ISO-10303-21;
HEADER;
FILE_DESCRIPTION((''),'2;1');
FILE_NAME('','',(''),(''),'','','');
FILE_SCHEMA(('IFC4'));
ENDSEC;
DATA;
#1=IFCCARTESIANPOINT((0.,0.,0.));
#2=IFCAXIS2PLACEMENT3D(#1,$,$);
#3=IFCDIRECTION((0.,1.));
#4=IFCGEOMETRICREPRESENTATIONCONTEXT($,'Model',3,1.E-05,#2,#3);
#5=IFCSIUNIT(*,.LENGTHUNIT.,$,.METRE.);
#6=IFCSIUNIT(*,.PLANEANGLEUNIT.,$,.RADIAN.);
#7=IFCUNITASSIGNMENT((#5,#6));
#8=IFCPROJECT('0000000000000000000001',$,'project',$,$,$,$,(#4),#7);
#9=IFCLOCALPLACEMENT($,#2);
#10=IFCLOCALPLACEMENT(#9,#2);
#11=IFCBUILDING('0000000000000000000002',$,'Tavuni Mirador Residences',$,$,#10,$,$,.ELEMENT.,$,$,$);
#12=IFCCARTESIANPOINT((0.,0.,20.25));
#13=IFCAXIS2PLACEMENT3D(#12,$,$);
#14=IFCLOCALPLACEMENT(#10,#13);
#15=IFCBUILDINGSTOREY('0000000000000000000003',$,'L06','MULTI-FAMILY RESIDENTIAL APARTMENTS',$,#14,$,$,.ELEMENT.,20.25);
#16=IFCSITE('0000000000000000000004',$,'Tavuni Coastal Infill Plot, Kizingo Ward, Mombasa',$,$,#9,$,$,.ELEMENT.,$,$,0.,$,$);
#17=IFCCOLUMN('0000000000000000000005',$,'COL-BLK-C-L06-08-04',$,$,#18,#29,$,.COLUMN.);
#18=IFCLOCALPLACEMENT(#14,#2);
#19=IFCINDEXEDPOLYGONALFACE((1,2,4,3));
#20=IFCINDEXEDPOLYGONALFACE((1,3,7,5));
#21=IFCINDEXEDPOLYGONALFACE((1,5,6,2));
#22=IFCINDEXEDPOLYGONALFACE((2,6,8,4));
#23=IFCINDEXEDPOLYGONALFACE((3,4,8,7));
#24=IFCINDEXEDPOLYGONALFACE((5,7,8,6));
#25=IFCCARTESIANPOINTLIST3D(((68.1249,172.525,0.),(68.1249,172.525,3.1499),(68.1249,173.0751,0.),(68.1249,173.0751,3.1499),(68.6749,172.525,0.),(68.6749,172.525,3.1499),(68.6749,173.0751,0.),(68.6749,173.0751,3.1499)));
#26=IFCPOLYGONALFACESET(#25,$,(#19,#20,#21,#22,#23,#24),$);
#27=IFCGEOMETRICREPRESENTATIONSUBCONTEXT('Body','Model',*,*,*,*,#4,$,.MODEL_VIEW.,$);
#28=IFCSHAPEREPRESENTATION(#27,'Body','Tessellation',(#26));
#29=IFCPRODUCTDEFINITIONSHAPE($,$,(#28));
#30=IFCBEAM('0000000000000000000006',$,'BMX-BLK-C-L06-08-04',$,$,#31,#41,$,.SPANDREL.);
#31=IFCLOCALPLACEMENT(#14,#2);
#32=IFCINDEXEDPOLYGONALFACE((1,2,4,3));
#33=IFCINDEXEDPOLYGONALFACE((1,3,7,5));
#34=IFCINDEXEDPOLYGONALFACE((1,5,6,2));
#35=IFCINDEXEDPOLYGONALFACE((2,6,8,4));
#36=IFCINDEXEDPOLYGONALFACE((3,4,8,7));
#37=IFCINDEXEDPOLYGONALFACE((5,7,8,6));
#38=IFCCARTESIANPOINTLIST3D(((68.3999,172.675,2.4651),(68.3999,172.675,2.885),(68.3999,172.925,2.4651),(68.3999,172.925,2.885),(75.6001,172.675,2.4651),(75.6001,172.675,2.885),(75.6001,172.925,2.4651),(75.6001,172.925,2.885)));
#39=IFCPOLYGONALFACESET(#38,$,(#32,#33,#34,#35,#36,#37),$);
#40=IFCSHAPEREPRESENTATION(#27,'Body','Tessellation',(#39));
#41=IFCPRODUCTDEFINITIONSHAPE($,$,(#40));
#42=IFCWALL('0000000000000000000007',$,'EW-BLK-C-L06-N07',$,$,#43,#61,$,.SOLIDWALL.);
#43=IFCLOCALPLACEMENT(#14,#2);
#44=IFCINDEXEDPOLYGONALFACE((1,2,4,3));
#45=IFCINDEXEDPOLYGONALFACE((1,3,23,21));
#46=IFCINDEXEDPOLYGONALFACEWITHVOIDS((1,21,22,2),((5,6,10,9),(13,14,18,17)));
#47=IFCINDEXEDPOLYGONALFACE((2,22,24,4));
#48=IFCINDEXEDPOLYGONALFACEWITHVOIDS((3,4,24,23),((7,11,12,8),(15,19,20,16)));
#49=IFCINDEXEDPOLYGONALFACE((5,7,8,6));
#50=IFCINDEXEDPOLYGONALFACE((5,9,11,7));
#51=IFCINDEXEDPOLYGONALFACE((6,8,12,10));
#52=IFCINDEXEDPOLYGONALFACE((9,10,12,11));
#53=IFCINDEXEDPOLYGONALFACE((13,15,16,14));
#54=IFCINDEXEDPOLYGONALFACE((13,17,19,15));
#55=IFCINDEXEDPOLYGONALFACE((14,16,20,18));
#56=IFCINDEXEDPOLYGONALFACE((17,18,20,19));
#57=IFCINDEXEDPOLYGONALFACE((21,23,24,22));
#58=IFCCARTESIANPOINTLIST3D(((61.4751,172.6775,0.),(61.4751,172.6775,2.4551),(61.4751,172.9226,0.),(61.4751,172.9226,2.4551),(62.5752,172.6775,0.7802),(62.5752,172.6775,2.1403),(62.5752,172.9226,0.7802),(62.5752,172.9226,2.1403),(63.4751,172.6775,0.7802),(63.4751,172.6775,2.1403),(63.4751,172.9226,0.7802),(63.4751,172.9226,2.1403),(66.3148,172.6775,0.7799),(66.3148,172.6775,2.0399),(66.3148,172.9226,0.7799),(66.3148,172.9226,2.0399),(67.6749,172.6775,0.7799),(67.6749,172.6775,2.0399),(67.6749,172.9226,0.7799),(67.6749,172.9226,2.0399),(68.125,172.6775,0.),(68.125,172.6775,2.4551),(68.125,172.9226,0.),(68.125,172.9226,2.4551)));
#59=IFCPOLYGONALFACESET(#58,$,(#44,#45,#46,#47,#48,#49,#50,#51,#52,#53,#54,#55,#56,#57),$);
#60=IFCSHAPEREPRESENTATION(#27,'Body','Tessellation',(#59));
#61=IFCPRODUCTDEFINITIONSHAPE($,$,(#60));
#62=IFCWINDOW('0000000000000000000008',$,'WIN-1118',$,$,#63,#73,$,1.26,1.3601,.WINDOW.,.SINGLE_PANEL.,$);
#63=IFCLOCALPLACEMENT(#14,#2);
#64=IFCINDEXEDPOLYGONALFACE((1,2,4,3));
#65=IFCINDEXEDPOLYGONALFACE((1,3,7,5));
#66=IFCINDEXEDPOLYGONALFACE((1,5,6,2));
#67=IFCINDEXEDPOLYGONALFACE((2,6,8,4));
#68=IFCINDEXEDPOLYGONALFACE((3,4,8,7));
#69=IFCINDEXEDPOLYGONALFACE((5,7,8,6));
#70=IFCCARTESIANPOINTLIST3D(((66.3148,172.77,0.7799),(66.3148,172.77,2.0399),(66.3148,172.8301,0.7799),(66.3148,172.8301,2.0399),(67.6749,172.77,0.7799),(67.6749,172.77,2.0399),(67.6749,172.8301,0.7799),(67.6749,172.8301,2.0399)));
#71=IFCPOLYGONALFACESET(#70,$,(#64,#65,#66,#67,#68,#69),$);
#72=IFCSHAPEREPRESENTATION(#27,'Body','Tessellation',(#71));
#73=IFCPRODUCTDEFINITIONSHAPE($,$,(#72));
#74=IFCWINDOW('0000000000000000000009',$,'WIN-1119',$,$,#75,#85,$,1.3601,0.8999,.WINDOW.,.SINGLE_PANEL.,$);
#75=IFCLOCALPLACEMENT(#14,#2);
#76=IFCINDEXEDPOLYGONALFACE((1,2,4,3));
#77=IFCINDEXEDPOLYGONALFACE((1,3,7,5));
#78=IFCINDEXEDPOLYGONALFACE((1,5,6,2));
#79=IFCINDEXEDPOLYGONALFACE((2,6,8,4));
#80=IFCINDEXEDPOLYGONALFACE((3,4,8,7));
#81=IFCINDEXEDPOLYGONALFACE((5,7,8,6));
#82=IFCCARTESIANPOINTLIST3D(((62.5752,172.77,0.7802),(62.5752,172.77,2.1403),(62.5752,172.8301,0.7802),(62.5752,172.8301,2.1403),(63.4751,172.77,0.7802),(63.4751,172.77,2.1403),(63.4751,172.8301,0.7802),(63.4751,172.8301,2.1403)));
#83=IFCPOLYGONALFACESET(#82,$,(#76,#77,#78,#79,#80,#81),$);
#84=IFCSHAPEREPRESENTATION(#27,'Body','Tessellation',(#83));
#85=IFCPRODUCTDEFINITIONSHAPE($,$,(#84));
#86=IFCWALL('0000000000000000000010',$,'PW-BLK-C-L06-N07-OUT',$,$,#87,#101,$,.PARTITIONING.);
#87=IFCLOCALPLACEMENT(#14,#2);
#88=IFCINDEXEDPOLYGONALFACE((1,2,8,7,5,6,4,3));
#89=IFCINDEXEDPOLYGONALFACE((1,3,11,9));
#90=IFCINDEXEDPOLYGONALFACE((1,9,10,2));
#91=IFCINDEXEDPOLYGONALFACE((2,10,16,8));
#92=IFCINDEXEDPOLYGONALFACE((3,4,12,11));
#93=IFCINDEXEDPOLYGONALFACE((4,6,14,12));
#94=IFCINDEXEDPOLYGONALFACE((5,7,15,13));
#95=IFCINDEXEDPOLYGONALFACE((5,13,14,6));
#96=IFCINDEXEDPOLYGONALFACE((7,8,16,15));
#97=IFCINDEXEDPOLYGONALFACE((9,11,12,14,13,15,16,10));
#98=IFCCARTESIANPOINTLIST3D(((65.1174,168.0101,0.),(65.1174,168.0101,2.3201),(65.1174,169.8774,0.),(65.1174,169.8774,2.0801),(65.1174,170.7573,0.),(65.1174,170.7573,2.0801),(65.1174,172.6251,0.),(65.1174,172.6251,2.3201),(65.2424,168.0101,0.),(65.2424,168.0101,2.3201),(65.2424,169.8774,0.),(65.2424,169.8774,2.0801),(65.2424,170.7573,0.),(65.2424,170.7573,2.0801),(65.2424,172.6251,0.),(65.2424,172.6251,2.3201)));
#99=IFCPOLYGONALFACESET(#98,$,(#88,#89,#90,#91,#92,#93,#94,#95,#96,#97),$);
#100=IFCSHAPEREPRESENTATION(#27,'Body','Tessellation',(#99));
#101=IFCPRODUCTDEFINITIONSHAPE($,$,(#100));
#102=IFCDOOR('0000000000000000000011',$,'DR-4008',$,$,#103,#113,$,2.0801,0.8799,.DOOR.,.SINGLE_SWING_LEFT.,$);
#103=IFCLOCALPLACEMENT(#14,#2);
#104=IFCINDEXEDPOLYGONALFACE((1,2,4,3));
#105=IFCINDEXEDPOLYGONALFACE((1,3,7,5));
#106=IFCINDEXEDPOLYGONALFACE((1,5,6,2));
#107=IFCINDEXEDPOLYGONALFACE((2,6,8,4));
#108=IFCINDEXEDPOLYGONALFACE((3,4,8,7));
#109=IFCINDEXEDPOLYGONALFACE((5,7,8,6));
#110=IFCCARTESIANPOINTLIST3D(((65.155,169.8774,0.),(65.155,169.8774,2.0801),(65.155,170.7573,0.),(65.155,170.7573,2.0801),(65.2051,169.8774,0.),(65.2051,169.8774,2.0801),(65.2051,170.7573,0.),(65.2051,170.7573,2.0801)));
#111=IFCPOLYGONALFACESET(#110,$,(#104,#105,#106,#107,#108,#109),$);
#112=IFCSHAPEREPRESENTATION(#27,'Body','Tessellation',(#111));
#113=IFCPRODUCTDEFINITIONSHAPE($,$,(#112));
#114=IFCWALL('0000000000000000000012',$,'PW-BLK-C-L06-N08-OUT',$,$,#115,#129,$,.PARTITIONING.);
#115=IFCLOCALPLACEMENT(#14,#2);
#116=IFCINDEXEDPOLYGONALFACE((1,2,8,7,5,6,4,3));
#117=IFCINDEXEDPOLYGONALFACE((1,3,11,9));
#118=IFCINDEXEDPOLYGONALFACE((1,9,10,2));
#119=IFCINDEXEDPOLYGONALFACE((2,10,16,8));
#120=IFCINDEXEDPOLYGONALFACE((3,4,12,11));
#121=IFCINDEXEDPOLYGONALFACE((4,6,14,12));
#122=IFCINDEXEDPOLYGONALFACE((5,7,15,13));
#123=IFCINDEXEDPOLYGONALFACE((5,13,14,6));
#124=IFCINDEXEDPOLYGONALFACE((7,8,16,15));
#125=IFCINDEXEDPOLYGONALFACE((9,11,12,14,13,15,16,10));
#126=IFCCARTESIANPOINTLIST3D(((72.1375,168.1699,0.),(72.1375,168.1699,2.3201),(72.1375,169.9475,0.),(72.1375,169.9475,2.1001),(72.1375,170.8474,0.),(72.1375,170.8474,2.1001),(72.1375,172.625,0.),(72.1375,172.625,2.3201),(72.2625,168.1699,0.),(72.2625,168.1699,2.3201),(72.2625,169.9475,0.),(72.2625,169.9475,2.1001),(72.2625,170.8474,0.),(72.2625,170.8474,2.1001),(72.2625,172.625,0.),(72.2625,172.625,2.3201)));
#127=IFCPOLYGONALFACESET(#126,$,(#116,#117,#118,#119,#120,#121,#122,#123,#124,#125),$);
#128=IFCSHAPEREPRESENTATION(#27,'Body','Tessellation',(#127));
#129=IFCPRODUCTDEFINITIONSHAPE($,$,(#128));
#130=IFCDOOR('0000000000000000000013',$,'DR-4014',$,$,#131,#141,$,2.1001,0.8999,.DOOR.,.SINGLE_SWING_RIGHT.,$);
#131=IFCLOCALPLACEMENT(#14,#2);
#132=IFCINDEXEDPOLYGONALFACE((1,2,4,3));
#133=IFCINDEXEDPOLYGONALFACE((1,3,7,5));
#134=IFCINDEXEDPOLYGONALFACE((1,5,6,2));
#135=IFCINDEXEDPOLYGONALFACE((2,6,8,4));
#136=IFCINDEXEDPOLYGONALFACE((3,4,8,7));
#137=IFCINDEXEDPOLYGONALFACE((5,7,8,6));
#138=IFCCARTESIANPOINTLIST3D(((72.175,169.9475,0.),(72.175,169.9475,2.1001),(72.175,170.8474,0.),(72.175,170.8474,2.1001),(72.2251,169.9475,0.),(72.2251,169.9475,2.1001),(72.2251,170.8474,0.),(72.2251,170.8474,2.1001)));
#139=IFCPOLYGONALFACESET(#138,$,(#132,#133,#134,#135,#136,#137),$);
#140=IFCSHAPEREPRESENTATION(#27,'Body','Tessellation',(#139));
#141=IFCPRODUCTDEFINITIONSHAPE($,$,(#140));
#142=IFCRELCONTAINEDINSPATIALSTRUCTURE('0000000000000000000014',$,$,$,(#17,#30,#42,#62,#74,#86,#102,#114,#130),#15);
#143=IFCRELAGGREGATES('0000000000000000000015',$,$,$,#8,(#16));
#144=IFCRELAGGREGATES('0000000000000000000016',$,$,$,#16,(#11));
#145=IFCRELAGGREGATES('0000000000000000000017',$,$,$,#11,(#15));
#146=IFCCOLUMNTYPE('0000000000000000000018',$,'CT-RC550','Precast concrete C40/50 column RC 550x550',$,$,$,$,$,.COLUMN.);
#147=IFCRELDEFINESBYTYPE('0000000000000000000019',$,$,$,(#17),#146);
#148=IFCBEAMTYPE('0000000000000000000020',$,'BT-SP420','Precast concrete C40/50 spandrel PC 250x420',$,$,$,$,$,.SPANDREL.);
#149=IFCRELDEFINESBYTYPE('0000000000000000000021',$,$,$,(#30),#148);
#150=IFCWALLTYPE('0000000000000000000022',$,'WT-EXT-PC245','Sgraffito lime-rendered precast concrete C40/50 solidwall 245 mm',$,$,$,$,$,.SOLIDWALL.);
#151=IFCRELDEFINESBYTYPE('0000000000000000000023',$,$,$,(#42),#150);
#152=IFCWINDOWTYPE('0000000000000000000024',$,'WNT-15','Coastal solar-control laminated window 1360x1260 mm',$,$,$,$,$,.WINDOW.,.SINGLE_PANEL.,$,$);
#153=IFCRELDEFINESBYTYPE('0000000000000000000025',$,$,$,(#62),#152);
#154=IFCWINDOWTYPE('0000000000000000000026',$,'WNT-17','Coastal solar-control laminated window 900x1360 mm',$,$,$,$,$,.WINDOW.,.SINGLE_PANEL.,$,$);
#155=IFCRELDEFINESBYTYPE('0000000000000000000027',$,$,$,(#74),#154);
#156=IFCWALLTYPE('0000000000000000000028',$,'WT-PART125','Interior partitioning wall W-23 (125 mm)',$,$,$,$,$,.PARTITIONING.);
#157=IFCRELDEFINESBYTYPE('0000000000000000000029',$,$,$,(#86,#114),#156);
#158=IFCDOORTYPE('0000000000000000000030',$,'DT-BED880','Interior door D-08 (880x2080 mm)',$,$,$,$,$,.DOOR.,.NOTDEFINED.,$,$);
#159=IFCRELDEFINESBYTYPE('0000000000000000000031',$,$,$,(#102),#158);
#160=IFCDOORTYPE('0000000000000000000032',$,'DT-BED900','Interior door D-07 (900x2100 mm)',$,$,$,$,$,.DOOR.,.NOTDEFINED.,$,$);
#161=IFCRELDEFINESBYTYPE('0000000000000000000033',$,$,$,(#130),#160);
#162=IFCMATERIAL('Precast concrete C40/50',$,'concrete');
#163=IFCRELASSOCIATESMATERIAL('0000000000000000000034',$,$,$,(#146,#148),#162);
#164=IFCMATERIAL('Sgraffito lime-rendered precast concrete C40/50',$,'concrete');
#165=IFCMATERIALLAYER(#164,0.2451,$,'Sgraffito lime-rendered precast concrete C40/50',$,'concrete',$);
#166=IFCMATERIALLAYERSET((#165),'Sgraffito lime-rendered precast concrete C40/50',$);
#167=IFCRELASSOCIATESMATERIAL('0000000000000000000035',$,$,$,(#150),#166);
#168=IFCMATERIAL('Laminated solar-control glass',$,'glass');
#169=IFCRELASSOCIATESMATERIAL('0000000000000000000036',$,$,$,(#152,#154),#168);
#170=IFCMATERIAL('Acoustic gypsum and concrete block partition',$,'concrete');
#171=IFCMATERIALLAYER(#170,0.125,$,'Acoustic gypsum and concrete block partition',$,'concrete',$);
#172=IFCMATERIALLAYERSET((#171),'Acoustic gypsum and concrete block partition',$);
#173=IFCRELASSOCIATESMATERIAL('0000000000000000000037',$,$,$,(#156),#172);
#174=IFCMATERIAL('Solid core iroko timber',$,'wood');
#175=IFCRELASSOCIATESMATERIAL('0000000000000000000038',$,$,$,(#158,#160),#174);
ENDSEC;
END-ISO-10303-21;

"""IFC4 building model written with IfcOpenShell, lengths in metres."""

from ifc_helpers import new_model, si_unit, direction, frame, frame_2d, origin, origin_2d, place, context, subcontext, project, spatial, rectangle, extrude, material, layer, layer_set, material_profile, profile_set, type_object, element, fill, save


model = new_model("IFC4")

# Units and contexts
model_context = context("Model", 3, precision=1e-05, world=origin(), true_north=direction((0.0, 1.0)))
body_context = subcontext(model_context, "Body", "Model", "MODEL_VIEW")
ifc_project = project(units=[si_unit("LENGTHUNIT", "METRE"), si_unit("PLANEANGLEUNIT", "RADIAN")], contexts=[model_context])

# Site, building, storey
site_placement = place(None, origin())
site = spatial("IfcSite", under=ifc_project, at=site_placement, Name="Tavuni Coastal Infill Plot, Kizingo Ward, Mombasa", CompositionType="ELEMENT", RefElevation=0.0)
building_placement = place(site_placement, origin())
building = spatial("IfcBuilding", under=site, at=building_placement, Name="Tavuni Mirador Residences", CompositionType="ELEMENT")
storey_placement = place(building_placement, frame((0.0, 0.0, 20.25)))
storey = spatial("IfcBuildingStorey", under=building, at=storey_placement, Name="L06", Description="MULTI-FAMILY RESIDENTIAL APARTMENTS", CompositionType="ELEMENT", Elevation=20.25)

# Column
ifc_material_1 = material(Name="Precast concrete C40/50", Category="concrete")
ifc_material_profile_1 = material_profile(ifc_material_1, rectangle(XDim=0.55, YDim=0.55, at=origin_2d()), Name="RC 550x550", Category="concrete")
ifc_profile_set_1 = profile_set([ifc_material_profile_1], Name="Precast concrete C40/50")
column_type = type_object("IfcColumnType", Name="CT-RC550", Description="Precast concrete C40/50 column RC 550x550", PredefinedType="COLUMN", material=ifc_profile_set_1)
column_placement = place(storey_placement, frame((68.3999, 172.8, 0.0), z_axis=(0.0, 0.0, 1.0), x_axis=(1.0, 0.0, 0.0)))
element("IfcColumn", 1, at=column_placement, inside=storey, type_object=column_type, Name="COL-BLK-C-L06-08-04", PredefinedType="COLUMN", context=body_context, shape_type="SweptSolid", body=[
    extrude(rectangle(XDim=0.55, YDim=0.55, at=origin_2d()), origin(), (0.0, 0.0, 1.0), 3.1499),
])

# Beam
ifc_material_profile_2 = material_profile(ifc_material_1, rectangle(XDim=0.25, YDim=0.4199, at=origin_2d()), Name="PC 250x420", Category="concrete")
ifc_profile_set_2 = profile_set([ifc_material_profile_2], Name="Precast concrete C40/50")
beam_type = type_object("IfcBeamType", Name="BT-SP420", Description="Precast concrete C40/50 spandrel PC 250x420", PredefinedType="SPANDREL", material=ifc_profile_set_2)
beam_placement = place(storey_placement, frame((68.3999, 172.8, 2.675), z_axis=(1.0, 0.0, 0.0), x_axis=(0.0, 1.0, 0.0)))
element("IfcBeam", 2, at=beam_placement, inside=storey, type_object=beam_type, Name="BMX-BLK-C-L06-08-04", PredefinedType="SPANDREL", context=body_context, shape_type="SweptSolid", body=[
    extrude(rectangle(XDim=0.25, YDim=0.4199, at=origin_2d()), origin(), (0.0, 0.0, 1.0), 7.2002),
])

# Wall, openings, windows
ifc_material_2 = material(Name="Sgraffito lime-rendered precast concrete C40/50", Category="concrete")
ifc_layer_1 = layer(ifc_material_2, 0.2451, Name="Sgraffito lime-rendered precast concrete C40/50", Category="concrete")
ifc_layer_set_1 = layer_set([ifc_layer_1], Name="Sgraffito lime-rendered precast concrete C40/50")
wall_type_1 = type_object("IfcWallType", Name="WT-EXT-PC245", Description="Sgraffito lime-rendered precast concrete C40/50 solidwall 245 mm", PredefinedType="SOLIDWALL", material=ifc_layer_set_1)
wall_1_placement = place(storey_placement, frame((68.125, 172.8, 0.0), z_axis=(0.0, 0.0, 1.0), x_axis=(-1.0, 0.0, 0.0)))
wall_1 = element("IfcWall", 3, at=wall_1_placement, inside=storey, type_object=wall_type_1, Name="EW-BLK-C-L06-N07", PredefinedType="SOLIDWALL", context=body_context, shape_type="SweptSolid", body=[
    extrude(rectangle(XDim=6.6499, YDim=0.2451, at=frame_2d((3.325, 0.0))), origin(), (0.0, 0.0, 1.0), 2.4551),
])
opening_1_placement = place(wall_1_placement, frame((0.45, 0.0, 0.78)))
opening_1 = element("IfcOpeningElement", 4, at=opening_1_placement, cuts=wall_1, PredefinedType="OPENING", context=body_context, shape_type="SweptSolid", body=[
    extrude(rectangle(XDim=1.3601, YDim=1.26, at=frame_2d((0.6802, 0.6299))), frame((0.0, 0.1326, 0.0), z_axis=(0.0, -1.0, 0.0), x_axis=(1.0, 0.0, 0.0)), (0.0, 0.0, 1.0), 0.2651),
])
opening_2_placement = place(wall_1_placement, frame((4.6499, 0.0, 0.78)))
opening_2 = element("IfcOpeningElement", 5, at=opening_2_placement, cuts=wall_1, PredefinedType="OPENING", context=body_context, shape_type="SweptSolid", body=[
    extrude(rectangle(XDim=0.8999, YDim=1.3601, at=frame_2d((0.45, 0.6802))), frame((0.0, 0.1326, 0.0), z_axis=(0.0, -1.0, 0.0), x_axis=(1.0, 0.0, 0.0)), (0.0, 0.0, 1.0), 0.2651),
])
ifc_material_3 = material(Name="Laminated solar-control glass", Category="glass")
window_type_1 = type_object("IfcWindowType", Name="WNT-15", Description="Coastal solar-control laminated window 1360x1260 mm", PartitioningType="SINGLE_PANEL", PredefinedType="WINDOW", material=ifc_material_3)
window_1_placement = place(opening_1_placement, origin())
window_1 = element("IfcWindow", 6, at=window_1_placement, inside=storey, type_object=window_type_1, Name="WIN-1118", OverallHeight=1.26, OverallWidth=1.3601, PartitioningType="SINGLE_PANEL", PredefinedType="WINDOW", context=body_context, shape_type="SweptSolid", body=[
    extrude(rectangle(XDim=1.3601, YDim=1.26, at=frame_2d((0.6802, 0.6299))), frame((0.0, 0.03, 0.0), z_axis=(0.0, -1.0, 0.0), x_axis=(1.0, 0.0, 0.0)), (0.0, 0.0, 1.0), 0.0601),
])
fill(opening_1, window_1)
window_type_2 = type_object("IfcWindowType", Name="WNT-17", Description="Coastal solar-control laminated window 900x1360 mm", PartitioningType="SINGLE_PANEL", PredefinedType="WINDOW", material=ifc_material_3)
window_2_placement = place(opening_2_placement, origin())
window_2 = element("IfcWindow", 7, at=window_2_placement, inside=storey, type_object=window_type_2, Name="WIN-1119", OverallHeight=1.3601, OverallWidth=0.8999, PartitioningType="SINGLE_PANEL", PredefinedType="WINDOW", context=body_context, shape_type="SweptSolid", body=[
    extrude(rectangle(XDim=0.8999, YDim=1.3601, at=frame_2d((0.45, 0.6802))), frame((0.0, 0.03, 0.0), z_axis=(0.0, -1.0, 0.0), x_axis=(1.0, 0.0, 0.0)), (0.0, 0.0, 1.0), 0.0601),
])
fill(opening_2, window_2)

# Walls, openings, doors
ifc_material_4 = material(Name="Acoustic gypsum and concrete block partition", Category="concrete")
ifc_layer_2 = layer(ifc_material_4, 0.125, Name="Acoustic gypsum and concrete block partition", Category="concrete")
ifc_layer_set_2 = layer_set([ifc_layer_2], Name="Acoustic gypsum and concrete block partition")
wall_type_2 = type_object("IfcWallType", Name="WT-PART125", Description="Interior partitioning wall W-23 (125 mm)", PredefinedType="PARTITIONING", material=ifc_layer_set_2)
wall_2_placement = place(storey_placement, frame((65.1799, 168.01, 0.0), z_axis=(0.0, 0.0, 1.0), x_axis=(0.0, 1.0, 0.0)))
wall_2 = element("IfcWall", 8, at=wall_2_placement, inside=storey, type_object=wall_type_2, Name="PW-BLK-C-L06-N07-OUT", PredefinedType="PARTITIONING", context=body_context, shape_type="SweptSolid", body=[
    extrude(rectangle(XDim=4.615, YDim=0.125, at=frame_2d((2.3076, 0.0))), origin(), (0.0, 0.0, 1.0), 2.3201),
])
opening_3_placement = place(wall_2_placement, frame((1.8674, 0.0, 0.0)))
opening_3 = element("IfcOpeningElement", 9, at=opening_3_placement, cuts=wall_2, PredefinedType="OPENING", context=body_context, shape_type="SweptSolid", body=[
    extrude(rectangle(XDim=0.8799, YDim=2.0801, at=frame_2d((0.4399, 1.04))), frame((0.0, 0.0725, 0.0), z_axis=(0.0, -1.0, 0.0), x_axis=(1.0, 0.0, 0.0)), (0.0, 0.0, 1.0), 0.145),
])
ifc_material_5 = material(Name="Solid core iroko timber", Category="wood")
door_type_1 = type_object("IfcDoorType", Name="DT-BED880", Description="Interior door D-08 (880x2080 mm)", OperationType="NOTDEFINED", PredefinedType="DOOR", material=ifc_material_5)
door_1_placement = place(opening_3_placement, origin())
door_1 = element("IfcDoor", 10, at=door_1_placement, inside=storey, type_object=door_type_1, Name="DR-4008", OperationType="SINGLE_SWING_LEFT", OverallHeight=2.0801, OverallWidth=0.8799, PredefinedType="DOOR", context=body_context, shape_type="SweptSolid", body=[
    extrude(rectangle(XDim=0.8799, YDim=2.0801, at=frame_2d((0.4399, 1.04))), frame((0.0, 0.0249, 0.0), z_axis=(0.0, -1.0, 0.0), x_axis=(1.0, 0.0, 0.0)), (0.0, 0.0, 1.0), 0.05),
])
fill(opening_3, door_1)
wall_3_placement = place(storey_placement, frame((72.2, 168.1699, 0.0), z_axis=(0.0, 0.0, 1.0), x_axis=(0.0, 1.0, 0.0)))
wall_3 = element("IfcWall", 11, at=wall_3_placement, inside=storey, type_object=wall_type_2, Name="PW-BLK-C-L06-N08-OUT", PredefinedType="PARTITIONING", context=body_context, shape_type="SweptSolid", body=[
    extrude(rectangle(XDim=4.4551, YDim=0.125, at=frame_2d((2.2275, 0.0))), origin(), (0.0, 0.0, 1.0), 2.3201),
])
opening_4_placement = place(wall_3_placement, frame((1.7776, 0.0, 0.0)))
opening_4 = element("IfcOpeningElement", 12, at=opening_4_placement, cuts=wall_3, PredefinedType="OPENING", context=body_context, shape_type="SweptSolid", body=[
    extrude(rectangle(XDim=0.8999, YDim=2.1001, at=frame_2d((0.45, 1.05))), frame((0.0, 0.0725, 0.0), z_axis=(0.0, -1.0, 0.0), x_axis=(1.0, 0.0, 0.0)), (0.0, 0.0, 1.0), 0.145),
])
door_type_2 = type_object("IfcDoorType", Name="DT-BED900", Description="Interior door D-07 (900x2100 mm)", OperationType="NOTDEFINED", PredefinedType="DOOR", material=ifc_material_5)
door_2_placement = place(opening_4_placement, origin())
door_2 = element("IfcDoor", 13, at=door_2_placement, inside=storey, type_object=door_type_2, Name="DR-4014", OperationType="SINGLE_SWING_RIGHT", OverallHeight=2.1001, OverallWidth=0.8999, PredefinedType="DOOR", context=body_context, shape_type="SweptSolid", body=[
    extrude(rectangle(XDim=0.8999, YDim=2.1001, at=frame_2d((0.45, 1.05))), frame((0.0, 0.0249, 0.0), z_axis=(0.0, -1.0, 0.0), x_axis=(1.0, 0.0, 0.0)), (0.0, 0.0, 1.0), 0.05),
])
fill(opening_4, door_2)

save(model, "model.ifc")
